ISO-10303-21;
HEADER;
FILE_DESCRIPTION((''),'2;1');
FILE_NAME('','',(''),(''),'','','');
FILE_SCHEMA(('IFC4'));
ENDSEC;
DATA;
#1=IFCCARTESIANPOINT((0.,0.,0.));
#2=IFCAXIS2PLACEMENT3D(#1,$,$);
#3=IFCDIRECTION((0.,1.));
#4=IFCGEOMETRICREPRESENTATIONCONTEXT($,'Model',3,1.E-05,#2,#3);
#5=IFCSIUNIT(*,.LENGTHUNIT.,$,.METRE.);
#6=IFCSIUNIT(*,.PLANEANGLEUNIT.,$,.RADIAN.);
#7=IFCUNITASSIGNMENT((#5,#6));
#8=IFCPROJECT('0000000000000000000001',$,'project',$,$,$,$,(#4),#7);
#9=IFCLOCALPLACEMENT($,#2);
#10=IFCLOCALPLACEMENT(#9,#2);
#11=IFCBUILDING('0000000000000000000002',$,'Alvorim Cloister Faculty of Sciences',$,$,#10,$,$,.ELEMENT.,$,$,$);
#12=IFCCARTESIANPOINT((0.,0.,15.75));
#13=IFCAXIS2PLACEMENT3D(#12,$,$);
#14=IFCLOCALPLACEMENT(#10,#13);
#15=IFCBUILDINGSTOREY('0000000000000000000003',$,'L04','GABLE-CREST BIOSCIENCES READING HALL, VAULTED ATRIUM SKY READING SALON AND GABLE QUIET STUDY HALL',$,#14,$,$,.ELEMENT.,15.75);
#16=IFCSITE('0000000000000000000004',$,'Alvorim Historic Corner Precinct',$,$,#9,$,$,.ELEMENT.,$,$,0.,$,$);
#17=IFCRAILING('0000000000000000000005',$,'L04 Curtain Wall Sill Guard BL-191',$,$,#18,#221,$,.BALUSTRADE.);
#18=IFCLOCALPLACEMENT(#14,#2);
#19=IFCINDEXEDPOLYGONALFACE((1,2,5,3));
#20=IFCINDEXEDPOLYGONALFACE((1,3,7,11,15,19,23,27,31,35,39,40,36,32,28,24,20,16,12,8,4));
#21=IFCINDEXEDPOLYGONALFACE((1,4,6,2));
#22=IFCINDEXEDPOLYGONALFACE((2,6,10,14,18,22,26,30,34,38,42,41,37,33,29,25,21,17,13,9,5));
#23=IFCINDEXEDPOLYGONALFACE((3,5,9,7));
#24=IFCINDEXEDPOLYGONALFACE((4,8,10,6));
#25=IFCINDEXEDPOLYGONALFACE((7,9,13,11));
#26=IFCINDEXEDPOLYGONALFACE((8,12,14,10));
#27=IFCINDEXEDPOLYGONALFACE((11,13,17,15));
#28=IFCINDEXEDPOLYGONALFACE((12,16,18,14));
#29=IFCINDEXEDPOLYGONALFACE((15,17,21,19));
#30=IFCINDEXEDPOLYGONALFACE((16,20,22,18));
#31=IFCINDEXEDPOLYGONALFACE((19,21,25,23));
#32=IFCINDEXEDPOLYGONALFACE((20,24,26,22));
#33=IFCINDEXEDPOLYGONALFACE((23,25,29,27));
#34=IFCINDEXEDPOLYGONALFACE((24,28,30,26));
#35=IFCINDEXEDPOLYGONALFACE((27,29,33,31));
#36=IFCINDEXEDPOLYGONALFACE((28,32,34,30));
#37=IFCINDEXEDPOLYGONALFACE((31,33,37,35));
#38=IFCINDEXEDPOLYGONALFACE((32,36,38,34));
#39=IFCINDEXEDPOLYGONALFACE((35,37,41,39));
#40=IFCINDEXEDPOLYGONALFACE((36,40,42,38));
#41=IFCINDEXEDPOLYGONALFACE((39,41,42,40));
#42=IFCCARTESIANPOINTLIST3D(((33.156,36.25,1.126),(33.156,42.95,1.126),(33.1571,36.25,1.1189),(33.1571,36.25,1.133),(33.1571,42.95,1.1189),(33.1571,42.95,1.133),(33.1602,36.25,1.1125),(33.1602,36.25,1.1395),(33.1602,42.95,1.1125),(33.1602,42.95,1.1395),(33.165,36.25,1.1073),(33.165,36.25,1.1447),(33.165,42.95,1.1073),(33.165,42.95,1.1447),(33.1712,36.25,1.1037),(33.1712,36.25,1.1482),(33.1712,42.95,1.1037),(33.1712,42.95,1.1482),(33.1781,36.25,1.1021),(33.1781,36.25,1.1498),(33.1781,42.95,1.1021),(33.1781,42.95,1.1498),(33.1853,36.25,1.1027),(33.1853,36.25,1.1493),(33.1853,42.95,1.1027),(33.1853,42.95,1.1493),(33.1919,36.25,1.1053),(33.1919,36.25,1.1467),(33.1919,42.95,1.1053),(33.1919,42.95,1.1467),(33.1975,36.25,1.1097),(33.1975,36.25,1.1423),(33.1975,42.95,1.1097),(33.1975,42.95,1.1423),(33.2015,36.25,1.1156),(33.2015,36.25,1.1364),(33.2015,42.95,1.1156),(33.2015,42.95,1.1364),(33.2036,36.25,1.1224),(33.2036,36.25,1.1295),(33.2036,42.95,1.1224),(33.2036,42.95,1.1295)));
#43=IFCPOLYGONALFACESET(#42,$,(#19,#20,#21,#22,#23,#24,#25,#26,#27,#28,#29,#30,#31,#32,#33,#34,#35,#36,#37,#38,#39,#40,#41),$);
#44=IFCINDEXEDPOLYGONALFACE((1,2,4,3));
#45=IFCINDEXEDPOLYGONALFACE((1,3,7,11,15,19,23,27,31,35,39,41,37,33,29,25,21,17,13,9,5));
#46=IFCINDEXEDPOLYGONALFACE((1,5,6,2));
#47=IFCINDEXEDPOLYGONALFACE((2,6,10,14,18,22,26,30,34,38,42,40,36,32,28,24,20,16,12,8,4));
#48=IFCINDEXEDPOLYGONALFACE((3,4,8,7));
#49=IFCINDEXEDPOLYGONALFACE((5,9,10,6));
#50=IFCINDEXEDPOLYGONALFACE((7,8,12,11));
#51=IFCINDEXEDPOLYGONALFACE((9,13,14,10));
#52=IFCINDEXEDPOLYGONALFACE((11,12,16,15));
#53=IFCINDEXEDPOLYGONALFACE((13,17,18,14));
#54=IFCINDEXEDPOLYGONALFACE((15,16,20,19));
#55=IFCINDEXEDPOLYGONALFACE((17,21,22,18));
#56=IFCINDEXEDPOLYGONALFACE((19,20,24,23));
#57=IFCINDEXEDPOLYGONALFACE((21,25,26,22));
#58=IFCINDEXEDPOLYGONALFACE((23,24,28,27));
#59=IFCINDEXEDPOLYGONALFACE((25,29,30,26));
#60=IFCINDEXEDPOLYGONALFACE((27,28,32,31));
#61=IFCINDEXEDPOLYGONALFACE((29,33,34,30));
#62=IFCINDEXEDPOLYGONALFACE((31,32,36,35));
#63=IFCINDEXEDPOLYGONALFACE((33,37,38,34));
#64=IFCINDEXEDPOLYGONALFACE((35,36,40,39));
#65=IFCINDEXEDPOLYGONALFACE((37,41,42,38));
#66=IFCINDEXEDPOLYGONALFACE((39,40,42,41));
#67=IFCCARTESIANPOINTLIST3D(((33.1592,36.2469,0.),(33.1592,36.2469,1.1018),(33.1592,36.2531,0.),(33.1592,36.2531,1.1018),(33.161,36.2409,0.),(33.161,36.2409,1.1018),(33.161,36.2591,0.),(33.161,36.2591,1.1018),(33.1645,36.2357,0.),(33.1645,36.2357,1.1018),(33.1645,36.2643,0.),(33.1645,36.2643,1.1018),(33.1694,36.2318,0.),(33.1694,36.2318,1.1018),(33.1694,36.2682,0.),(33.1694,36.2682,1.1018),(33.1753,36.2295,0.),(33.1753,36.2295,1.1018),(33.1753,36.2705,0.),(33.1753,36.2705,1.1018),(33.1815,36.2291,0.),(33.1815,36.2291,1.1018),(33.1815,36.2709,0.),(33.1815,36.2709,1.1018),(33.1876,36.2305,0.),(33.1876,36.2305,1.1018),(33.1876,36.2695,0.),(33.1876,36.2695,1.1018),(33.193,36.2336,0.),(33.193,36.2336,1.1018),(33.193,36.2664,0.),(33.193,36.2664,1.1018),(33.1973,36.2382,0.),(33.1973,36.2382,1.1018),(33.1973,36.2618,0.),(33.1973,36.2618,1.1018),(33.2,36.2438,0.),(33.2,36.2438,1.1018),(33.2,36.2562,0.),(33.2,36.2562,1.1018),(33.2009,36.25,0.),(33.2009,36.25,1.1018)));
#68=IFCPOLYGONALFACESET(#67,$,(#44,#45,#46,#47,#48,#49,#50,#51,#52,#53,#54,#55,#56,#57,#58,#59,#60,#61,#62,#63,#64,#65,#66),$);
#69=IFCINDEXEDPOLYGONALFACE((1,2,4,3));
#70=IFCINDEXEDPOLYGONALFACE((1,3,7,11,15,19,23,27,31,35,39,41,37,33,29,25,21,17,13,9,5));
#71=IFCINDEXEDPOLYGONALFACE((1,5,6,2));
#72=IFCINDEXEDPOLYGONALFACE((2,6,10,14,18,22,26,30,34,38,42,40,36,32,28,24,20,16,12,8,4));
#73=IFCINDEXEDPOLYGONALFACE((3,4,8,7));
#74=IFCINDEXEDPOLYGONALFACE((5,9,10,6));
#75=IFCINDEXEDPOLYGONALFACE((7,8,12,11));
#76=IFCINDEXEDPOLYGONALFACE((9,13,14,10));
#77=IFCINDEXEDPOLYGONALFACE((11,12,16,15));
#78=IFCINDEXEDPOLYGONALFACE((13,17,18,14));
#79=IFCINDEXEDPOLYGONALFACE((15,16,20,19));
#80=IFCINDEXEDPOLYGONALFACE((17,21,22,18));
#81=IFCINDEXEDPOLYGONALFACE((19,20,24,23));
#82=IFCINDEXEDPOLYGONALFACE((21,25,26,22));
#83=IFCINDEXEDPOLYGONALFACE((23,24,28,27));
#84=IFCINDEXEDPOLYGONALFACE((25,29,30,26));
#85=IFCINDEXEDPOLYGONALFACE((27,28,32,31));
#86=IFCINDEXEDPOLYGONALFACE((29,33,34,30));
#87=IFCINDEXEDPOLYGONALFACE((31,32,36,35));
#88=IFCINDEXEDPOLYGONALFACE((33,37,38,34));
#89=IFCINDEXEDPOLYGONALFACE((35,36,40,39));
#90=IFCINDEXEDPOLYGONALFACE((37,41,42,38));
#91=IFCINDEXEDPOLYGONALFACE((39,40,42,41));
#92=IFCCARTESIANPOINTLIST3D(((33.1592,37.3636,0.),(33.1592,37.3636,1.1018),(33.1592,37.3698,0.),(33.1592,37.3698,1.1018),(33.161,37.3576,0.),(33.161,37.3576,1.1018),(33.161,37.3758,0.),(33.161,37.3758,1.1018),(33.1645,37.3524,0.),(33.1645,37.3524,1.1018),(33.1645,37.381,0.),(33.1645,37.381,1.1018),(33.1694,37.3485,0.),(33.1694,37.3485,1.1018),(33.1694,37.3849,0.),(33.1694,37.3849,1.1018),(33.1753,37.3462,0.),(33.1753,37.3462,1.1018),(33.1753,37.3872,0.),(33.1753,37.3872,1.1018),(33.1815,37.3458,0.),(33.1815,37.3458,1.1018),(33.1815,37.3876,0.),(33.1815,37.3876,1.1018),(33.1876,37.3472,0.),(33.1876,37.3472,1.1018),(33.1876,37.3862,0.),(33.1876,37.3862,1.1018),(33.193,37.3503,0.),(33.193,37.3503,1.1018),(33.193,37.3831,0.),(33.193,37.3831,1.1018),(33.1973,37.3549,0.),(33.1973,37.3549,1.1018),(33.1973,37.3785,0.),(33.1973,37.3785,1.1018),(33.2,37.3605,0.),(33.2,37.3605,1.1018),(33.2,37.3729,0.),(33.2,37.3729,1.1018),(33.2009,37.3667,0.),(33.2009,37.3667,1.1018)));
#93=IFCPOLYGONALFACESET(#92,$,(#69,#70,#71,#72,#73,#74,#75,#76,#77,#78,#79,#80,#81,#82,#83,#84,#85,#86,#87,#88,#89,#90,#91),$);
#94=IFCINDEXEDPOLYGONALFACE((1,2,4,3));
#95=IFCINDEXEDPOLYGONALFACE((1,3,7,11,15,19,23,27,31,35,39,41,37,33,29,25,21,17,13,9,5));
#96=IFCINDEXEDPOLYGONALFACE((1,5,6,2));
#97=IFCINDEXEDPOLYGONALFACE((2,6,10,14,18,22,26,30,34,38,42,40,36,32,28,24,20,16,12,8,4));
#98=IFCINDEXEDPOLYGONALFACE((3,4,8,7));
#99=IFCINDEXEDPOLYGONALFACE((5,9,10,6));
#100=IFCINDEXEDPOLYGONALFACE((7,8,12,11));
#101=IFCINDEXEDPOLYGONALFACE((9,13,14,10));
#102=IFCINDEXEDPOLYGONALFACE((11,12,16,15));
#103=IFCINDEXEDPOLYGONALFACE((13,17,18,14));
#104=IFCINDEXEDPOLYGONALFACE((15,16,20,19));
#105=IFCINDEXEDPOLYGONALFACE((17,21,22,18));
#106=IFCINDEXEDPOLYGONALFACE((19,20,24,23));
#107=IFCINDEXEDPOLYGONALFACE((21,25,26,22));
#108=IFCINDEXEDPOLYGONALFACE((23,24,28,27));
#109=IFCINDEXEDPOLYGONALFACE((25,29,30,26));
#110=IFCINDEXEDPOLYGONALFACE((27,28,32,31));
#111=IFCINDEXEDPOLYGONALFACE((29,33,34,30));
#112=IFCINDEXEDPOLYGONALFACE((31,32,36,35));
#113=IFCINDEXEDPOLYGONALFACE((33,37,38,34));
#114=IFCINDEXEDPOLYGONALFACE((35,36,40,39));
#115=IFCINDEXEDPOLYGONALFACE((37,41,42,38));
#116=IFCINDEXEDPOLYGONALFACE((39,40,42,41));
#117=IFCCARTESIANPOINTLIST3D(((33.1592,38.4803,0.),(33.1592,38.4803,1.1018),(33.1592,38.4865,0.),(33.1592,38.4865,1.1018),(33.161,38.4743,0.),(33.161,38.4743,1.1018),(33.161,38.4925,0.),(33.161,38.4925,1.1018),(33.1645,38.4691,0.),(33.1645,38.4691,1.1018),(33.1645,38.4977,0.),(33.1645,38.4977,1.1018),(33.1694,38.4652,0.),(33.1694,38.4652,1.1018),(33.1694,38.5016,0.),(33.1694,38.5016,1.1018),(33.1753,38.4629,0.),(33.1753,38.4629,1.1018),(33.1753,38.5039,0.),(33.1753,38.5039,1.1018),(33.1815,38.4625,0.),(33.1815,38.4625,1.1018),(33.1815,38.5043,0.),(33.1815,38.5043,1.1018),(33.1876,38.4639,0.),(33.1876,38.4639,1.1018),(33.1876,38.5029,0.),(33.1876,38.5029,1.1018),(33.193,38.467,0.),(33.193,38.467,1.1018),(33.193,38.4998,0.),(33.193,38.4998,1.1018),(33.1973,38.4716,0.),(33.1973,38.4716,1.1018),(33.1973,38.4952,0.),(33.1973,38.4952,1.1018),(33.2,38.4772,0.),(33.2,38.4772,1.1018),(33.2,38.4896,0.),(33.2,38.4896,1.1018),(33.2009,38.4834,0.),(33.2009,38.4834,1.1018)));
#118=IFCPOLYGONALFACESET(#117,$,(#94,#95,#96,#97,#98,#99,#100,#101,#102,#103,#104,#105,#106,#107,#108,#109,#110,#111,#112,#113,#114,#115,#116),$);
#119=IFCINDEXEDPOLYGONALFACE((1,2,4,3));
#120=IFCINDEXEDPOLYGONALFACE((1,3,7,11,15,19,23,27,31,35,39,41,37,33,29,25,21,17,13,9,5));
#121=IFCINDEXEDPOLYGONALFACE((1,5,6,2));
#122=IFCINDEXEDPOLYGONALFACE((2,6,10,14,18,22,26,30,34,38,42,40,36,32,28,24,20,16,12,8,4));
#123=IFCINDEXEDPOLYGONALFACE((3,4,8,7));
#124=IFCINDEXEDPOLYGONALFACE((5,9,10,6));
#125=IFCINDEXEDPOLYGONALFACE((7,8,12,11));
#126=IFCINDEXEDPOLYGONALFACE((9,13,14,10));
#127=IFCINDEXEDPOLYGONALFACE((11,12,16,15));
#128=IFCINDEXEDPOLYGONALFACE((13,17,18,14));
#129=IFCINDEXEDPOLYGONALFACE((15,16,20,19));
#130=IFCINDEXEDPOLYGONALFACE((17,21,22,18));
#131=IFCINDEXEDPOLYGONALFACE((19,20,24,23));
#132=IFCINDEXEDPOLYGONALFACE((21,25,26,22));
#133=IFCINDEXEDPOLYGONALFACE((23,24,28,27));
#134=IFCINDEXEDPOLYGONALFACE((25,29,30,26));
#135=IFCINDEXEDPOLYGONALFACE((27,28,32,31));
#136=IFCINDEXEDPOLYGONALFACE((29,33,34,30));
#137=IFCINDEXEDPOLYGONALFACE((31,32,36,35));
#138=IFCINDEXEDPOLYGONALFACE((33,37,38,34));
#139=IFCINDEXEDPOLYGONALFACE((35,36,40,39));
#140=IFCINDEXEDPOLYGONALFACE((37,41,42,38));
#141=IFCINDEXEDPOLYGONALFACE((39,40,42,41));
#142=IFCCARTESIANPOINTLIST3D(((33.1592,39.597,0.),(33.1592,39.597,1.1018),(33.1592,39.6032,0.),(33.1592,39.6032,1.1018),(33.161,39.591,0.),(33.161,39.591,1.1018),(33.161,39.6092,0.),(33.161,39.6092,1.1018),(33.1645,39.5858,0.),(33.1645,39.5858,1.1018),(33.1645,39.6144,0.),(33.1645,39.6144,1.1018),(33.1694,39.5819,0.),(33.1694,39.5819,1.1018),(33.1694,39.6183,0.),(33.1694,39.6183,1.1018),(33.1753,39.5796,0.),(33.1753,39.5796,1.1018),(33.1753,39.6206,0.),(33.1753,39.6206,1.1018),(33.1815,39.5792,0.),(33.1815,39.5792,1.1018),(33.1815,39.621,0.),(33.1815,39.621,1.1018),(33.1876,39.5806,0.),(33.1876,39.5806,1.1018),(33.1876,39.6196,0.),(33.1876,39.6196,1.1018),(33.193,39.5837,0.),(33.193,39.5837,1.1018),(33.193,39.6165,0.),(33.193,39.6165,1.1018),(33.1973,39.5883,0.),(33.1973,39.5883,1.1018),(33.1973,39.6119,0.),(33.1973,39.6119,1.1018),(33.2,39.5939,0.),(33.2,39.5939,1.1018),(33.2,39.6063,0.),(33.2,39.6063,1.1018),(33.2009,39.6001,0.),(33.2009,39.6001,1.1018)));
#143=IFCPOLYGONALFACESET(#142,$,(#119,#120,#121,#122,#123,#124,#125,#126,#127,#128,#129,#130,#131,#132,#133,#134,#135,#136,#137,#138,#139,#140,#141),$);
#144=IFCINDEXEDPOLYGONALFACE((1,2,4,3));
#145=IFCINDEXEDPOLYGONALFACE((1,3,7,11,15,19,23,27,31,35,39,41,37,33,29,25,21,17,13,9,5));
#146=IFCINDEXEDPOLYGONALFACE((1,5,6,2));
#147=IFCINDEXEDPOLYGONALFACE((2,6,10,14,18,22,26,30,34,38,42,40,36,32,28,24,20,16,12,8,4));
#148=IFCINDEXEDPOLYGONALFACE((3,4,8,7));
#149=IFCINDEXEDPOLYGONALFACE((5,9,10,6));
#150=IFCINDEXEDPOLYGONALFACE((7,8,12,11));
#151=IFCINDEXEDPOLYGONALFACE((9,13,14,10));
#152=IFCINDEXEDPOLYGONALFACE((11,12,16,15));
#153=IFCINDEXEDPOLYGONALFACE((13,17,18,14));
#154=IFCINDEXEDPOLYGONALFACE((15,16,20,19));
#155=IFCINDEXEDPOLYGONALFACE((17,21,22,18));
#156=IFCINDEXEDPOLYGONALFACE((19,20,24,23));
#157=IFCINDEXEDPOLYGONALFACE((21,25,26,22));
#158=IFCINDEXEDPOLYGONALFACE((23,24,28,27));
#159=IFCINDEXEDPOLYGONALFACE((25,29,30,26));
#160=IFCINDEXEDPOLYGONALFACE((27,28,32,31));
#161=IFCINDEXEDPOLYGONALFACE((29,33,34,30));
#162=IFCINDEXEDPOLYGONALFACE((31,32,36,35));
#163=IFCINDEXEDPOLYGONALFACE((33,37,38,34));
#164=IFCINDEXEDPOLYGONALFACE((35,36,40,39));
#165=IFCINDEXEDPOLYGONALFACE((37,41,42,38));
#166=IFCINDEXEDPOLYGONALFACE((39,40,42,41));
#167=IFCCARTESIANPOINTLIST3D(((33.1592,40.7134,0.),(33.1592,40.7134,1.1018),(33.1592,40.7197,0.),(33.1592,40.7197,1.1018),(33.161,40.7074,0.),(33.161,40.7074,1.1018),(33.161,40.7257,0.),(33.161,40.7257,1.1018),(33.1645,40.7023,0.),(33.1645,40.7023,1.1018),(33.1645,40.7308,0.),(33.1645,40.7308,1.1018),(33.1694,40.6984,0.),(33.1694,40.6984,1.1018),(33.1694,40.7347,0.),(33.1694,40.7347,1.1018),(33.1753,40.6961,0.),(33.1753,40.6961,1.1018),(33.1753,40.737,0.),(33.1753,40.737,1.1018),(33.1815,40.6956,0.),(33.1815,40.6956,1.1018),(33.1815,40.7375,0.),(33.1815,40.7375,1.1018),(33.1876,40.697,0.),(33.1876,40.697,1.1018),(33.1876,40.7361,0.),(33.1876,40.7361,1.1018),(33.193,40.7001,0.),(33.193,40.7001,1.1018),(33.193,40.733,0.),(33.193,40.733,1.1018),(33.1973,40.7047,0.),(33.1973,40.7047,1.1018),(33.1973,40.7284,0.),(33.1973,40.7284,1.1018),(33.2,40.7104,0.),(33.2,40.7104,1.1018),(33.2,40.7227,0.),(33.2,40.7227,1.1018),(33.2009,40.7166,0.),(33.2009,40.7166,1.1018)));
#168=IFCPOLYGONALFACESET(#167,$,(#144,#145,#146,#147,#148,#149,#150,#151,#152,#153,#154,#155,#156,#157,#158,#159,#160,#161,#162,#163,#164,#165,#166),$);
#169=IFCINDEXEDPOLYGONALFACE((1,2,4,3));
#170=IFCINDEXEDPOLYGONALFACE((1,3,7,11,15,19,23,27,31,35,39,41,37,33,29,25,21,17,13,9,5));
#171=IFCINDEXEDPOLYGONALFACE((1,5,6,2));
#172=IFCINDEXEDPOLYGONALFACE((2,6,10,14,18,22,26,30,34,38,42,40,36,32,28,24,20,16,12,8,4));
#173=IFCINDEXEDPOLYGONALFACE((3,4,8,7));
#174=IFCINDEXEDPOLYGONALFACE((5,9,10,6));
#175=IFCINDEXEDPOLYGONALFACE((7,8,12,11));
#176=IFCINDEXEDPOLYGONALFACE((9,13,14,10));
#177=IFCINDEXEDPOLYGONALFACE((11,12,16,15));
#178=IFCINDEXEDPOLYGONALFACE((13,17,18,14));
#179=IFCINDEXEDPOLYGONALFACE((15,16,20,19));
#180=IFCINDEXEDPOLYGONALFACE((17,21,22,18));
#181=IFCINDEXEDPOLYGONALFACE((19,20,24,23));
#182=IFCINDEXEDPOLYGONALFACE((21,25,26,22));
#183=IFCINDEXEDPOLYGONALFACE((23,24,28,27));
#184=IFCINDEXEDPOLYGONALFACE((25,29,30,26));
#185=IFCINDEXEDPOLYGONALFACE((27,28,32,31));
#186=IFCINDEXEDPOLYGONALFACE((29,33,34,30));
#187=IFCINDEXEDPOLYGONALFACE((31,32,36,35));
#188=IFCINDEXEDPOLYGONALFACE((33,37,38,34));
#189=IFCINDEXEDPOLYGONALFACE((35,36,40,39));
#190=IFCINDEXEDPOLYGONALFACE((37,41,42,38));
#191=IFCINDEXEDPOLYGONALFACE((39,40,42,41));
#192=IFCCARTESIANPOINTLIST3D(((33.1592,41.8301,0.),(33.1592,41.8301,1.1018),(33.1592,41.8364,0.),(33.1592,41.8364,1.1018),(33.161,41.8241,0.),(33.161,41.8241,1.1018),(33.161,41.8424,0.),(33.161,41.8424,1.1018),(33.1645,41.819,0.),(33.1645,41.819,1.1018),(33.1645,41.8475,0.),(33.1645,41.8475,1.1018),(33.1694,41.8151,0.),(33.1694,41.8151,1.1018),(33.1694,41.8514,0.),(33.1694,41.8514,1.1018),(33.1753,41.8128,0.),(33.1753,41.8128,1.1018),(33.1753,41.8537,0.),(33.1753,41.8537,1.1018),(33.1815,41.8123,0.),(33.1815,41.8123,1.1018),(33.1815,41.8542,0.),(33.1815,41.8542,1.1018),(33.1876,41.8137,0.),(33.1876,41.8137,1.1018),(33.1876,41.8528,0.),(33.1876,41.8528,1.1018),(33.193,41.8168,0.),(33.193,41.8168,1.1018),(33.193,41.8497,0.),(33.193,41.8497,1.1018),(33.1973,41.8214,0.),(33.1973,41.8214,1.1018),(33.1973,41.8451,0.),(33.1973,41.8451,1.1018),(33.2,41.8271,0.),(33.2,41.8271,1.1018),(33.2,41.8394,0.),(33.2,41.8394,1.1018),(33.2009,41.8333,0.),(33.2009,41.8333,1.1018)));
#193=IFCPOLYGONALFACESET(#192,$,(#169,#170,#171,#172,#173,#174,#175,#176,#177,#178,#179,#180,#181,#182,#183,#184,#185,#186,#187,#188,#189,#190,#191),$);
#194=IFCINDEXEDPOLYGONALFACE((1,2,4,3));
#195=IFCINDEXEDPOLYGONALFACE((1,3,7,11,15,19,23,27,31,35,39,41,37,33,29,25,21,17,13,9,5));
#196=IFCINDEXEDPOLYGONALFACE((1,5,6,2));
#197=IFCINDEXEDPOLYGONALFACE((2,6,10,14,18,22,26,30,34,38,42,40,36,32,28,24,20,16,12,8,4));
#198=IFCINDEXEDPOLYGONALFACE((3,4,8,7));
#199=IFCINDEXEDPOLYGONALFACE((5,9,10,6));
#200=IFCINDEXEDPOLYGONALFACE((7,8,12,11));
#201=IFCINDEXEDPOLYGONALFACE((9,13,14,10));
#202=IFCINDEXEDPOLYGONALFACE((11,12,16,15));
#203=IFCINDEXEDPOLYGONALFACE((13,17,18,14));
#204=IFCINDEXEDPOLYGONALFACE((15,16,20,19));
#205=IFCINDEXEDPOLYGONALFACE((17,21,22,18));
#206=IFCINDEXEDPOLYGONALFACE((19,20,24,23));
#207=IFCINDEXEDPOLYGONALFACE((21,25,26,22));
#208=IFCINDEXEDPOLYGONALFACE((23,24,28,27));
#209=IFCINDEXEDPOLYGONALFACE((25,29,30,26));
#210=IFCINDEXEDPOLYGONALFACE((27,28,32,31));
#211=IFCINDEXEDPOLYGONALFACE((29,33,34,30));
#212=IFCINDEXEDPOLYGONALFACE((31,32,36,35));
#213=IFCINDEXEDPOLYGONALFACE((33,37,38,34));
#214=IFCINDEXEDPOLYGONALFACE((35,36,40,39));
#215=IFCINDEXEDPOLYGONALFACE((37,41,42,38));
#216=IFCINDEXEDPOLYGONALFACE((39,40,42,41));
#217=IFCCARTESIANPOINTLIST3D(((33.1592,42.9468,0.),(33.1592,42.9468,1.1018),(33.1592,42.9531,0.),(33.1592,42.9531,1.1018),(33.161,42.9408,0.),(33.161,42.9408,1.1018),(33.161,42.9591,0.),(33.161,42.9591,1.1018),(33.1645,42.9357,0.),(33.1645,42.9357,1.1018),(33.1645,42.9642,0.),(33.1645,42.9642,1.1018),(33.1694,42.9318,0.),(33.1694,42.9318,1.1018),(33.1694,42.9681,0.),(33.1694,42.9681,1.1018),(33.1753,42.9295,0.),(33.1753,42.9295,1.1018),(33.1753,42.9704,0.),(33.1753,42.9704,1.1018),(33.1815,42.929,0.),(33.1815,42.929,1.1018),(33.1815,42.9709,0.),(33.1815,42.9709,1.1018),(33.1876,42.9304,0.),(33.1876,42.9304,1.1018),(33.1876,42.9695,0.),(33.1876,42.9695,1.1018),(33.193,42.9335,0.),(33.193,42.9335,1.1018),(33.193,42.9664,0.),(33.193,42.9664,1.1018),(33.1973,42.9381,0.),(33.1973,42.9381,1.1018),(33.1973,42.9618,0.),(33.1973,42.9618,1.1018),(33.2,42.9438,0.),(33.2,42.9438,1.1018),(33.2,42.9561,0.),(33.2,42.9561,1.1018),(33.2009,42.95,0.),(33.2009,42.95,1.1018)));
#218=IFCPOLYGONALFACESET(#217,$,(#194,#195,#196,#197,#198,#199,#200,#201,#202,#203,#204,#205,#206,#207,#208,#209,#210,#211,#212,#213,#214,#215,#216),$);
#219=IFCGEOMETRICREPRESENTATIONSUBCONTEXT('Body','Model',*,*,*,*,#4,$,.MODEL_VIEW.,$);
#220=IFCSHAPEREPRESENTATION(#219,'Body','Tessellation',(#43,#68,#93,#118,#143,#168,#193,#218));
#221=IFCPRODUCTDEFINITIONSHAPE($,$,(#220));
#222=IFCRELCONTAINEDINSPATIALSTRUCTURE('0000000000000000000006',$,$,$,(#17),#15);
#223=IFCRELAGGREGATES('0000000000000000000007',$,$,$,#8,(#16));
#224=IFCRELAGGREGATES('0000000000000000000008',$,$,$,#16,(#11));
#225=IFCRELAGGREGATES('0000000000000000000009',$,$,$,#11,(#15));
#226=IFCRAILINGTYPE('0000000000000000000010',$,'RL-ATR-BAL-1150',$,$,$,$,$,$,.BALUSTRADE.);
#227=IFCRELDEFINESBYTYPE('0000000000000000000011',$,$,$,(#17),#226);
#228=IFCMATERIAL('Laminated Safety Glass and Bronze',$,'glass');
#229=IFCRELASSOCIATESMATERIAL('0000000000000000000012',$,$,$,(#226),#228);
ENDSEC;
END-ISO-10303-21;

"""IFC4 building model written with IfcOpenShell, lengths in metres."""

from ifc_helpers import new_model, si_unit, direction, frame, origin, origin_2d, place, context, subcontext, project, spatial, circle, extrude, material, type_object, element, save


model = new_model("IFC4")

# Units and contexts
model_context = context("Model", 3, precision=1e-05, world=origin(), true_north=direction((0.0, 1.0)))
body_context = subcontext(model_context, "Body", "Model", "MODEL_VIEW")
ifc_project = project(units=[si_unit("LENGTHUNIT", "METRE"), si_unit("PLANEANGLEUNIT", "RADIAN")], contexts=[model_context])

# Site, building, storey
site_placement = place(None, origin())
site = spatial("IfcSite", under=ifc_project, at=site_placement, Name="Alvorim Historic Corner Precinct", CompositionType="ELEMENT", RefElevation=0.0)
building_placement = place(site_placement, origin())
building = spatial("IfcBuilding", under=site, at=building_placement, Name="Alvorim Cloister Faculty of Sciences", CompositionType="ELEMENT")
storey_placement = place(building_placement, frame((0.0, 0.0, 15.75)))
storey = spatial("IfcBuildingStorey", under=building, at=storey_placement, Name="L04", Description="GABLE-CREST BIOSCIENCES READING HALL, VAULTED ATRIUM SKY READING SALON AND GABLE QUIET STUDY HALL", CompositionType="ELEMENT", Elevation=15.75)

# Railing
ifc_material_1 = material(Name="Laminated Safety Glass and Bronze", Category="glass")
railing_type = type_object("IfcRailingType", Name="RL-ATR-BAL-1150", PredefinedType="BALUSTRADE", material=ifc_material_1)
railing_placement = place(storey_placement, frame((33.1799, 36.25, 0.0)))
element("IfcRailing", 1, at=railing_placement, inside=storey, type_object=railing_type, Name="L04 Curtain Wall Sill Guard BL-191", PredefinedType="BALUSTRADE", context=body_context, shape_type="SweptSolid", body=[
    extrude(circle(Radius=0.0239, at=origin_2d()), frame((0.0, 0.0, 1.126), z_axis=(0.0, 1.0, 0.0), x_axis=(-1.0, 0.0, 0.0)), (0.0, 0.0, 1.0), 6.7),
    extrude(circle(Radius=0.021, at=origin_2d()), origin(), (0.0, 0.0, 1.0), 1.1018),
    extrude(circle(Radius=0.021, at=origin_2d()), frame((0.0, 1.1167, 0.0)), (0.0, 0.0, 1.0), 1.1018),
    extrude(circle(Radius=0.021, at=origin_2d()), frame((0.0, 2.2334, 0.0)), (0.0, 0.0, 1.0), 1.1018),
    extrude(circle(Radius=0.021, at=origin_2d()), frame((0.0, 3.3501, 0.0)), (0.0, 0.0, 1.0), 1.1018),
    extrude(circle(Radius=0.021, at=origin_2d()), frame((0.0, 4.4666, 0.0)), (0.0, 0.0, 1.0), 1.1018),
    extrude(circle(Radius=0.021, at=origin_2d()), frame((0.0, 5.5833, 0.0)), (0.0, 0.0, 1.0), 1.1018),
    extrude(circle(Radius=0.021, at=origin_2d()), frame((0.0, 6.7, 0.0)), (0.0, 0.0, 1.0), 1.1018),
])

save(model, "model.ifc")
